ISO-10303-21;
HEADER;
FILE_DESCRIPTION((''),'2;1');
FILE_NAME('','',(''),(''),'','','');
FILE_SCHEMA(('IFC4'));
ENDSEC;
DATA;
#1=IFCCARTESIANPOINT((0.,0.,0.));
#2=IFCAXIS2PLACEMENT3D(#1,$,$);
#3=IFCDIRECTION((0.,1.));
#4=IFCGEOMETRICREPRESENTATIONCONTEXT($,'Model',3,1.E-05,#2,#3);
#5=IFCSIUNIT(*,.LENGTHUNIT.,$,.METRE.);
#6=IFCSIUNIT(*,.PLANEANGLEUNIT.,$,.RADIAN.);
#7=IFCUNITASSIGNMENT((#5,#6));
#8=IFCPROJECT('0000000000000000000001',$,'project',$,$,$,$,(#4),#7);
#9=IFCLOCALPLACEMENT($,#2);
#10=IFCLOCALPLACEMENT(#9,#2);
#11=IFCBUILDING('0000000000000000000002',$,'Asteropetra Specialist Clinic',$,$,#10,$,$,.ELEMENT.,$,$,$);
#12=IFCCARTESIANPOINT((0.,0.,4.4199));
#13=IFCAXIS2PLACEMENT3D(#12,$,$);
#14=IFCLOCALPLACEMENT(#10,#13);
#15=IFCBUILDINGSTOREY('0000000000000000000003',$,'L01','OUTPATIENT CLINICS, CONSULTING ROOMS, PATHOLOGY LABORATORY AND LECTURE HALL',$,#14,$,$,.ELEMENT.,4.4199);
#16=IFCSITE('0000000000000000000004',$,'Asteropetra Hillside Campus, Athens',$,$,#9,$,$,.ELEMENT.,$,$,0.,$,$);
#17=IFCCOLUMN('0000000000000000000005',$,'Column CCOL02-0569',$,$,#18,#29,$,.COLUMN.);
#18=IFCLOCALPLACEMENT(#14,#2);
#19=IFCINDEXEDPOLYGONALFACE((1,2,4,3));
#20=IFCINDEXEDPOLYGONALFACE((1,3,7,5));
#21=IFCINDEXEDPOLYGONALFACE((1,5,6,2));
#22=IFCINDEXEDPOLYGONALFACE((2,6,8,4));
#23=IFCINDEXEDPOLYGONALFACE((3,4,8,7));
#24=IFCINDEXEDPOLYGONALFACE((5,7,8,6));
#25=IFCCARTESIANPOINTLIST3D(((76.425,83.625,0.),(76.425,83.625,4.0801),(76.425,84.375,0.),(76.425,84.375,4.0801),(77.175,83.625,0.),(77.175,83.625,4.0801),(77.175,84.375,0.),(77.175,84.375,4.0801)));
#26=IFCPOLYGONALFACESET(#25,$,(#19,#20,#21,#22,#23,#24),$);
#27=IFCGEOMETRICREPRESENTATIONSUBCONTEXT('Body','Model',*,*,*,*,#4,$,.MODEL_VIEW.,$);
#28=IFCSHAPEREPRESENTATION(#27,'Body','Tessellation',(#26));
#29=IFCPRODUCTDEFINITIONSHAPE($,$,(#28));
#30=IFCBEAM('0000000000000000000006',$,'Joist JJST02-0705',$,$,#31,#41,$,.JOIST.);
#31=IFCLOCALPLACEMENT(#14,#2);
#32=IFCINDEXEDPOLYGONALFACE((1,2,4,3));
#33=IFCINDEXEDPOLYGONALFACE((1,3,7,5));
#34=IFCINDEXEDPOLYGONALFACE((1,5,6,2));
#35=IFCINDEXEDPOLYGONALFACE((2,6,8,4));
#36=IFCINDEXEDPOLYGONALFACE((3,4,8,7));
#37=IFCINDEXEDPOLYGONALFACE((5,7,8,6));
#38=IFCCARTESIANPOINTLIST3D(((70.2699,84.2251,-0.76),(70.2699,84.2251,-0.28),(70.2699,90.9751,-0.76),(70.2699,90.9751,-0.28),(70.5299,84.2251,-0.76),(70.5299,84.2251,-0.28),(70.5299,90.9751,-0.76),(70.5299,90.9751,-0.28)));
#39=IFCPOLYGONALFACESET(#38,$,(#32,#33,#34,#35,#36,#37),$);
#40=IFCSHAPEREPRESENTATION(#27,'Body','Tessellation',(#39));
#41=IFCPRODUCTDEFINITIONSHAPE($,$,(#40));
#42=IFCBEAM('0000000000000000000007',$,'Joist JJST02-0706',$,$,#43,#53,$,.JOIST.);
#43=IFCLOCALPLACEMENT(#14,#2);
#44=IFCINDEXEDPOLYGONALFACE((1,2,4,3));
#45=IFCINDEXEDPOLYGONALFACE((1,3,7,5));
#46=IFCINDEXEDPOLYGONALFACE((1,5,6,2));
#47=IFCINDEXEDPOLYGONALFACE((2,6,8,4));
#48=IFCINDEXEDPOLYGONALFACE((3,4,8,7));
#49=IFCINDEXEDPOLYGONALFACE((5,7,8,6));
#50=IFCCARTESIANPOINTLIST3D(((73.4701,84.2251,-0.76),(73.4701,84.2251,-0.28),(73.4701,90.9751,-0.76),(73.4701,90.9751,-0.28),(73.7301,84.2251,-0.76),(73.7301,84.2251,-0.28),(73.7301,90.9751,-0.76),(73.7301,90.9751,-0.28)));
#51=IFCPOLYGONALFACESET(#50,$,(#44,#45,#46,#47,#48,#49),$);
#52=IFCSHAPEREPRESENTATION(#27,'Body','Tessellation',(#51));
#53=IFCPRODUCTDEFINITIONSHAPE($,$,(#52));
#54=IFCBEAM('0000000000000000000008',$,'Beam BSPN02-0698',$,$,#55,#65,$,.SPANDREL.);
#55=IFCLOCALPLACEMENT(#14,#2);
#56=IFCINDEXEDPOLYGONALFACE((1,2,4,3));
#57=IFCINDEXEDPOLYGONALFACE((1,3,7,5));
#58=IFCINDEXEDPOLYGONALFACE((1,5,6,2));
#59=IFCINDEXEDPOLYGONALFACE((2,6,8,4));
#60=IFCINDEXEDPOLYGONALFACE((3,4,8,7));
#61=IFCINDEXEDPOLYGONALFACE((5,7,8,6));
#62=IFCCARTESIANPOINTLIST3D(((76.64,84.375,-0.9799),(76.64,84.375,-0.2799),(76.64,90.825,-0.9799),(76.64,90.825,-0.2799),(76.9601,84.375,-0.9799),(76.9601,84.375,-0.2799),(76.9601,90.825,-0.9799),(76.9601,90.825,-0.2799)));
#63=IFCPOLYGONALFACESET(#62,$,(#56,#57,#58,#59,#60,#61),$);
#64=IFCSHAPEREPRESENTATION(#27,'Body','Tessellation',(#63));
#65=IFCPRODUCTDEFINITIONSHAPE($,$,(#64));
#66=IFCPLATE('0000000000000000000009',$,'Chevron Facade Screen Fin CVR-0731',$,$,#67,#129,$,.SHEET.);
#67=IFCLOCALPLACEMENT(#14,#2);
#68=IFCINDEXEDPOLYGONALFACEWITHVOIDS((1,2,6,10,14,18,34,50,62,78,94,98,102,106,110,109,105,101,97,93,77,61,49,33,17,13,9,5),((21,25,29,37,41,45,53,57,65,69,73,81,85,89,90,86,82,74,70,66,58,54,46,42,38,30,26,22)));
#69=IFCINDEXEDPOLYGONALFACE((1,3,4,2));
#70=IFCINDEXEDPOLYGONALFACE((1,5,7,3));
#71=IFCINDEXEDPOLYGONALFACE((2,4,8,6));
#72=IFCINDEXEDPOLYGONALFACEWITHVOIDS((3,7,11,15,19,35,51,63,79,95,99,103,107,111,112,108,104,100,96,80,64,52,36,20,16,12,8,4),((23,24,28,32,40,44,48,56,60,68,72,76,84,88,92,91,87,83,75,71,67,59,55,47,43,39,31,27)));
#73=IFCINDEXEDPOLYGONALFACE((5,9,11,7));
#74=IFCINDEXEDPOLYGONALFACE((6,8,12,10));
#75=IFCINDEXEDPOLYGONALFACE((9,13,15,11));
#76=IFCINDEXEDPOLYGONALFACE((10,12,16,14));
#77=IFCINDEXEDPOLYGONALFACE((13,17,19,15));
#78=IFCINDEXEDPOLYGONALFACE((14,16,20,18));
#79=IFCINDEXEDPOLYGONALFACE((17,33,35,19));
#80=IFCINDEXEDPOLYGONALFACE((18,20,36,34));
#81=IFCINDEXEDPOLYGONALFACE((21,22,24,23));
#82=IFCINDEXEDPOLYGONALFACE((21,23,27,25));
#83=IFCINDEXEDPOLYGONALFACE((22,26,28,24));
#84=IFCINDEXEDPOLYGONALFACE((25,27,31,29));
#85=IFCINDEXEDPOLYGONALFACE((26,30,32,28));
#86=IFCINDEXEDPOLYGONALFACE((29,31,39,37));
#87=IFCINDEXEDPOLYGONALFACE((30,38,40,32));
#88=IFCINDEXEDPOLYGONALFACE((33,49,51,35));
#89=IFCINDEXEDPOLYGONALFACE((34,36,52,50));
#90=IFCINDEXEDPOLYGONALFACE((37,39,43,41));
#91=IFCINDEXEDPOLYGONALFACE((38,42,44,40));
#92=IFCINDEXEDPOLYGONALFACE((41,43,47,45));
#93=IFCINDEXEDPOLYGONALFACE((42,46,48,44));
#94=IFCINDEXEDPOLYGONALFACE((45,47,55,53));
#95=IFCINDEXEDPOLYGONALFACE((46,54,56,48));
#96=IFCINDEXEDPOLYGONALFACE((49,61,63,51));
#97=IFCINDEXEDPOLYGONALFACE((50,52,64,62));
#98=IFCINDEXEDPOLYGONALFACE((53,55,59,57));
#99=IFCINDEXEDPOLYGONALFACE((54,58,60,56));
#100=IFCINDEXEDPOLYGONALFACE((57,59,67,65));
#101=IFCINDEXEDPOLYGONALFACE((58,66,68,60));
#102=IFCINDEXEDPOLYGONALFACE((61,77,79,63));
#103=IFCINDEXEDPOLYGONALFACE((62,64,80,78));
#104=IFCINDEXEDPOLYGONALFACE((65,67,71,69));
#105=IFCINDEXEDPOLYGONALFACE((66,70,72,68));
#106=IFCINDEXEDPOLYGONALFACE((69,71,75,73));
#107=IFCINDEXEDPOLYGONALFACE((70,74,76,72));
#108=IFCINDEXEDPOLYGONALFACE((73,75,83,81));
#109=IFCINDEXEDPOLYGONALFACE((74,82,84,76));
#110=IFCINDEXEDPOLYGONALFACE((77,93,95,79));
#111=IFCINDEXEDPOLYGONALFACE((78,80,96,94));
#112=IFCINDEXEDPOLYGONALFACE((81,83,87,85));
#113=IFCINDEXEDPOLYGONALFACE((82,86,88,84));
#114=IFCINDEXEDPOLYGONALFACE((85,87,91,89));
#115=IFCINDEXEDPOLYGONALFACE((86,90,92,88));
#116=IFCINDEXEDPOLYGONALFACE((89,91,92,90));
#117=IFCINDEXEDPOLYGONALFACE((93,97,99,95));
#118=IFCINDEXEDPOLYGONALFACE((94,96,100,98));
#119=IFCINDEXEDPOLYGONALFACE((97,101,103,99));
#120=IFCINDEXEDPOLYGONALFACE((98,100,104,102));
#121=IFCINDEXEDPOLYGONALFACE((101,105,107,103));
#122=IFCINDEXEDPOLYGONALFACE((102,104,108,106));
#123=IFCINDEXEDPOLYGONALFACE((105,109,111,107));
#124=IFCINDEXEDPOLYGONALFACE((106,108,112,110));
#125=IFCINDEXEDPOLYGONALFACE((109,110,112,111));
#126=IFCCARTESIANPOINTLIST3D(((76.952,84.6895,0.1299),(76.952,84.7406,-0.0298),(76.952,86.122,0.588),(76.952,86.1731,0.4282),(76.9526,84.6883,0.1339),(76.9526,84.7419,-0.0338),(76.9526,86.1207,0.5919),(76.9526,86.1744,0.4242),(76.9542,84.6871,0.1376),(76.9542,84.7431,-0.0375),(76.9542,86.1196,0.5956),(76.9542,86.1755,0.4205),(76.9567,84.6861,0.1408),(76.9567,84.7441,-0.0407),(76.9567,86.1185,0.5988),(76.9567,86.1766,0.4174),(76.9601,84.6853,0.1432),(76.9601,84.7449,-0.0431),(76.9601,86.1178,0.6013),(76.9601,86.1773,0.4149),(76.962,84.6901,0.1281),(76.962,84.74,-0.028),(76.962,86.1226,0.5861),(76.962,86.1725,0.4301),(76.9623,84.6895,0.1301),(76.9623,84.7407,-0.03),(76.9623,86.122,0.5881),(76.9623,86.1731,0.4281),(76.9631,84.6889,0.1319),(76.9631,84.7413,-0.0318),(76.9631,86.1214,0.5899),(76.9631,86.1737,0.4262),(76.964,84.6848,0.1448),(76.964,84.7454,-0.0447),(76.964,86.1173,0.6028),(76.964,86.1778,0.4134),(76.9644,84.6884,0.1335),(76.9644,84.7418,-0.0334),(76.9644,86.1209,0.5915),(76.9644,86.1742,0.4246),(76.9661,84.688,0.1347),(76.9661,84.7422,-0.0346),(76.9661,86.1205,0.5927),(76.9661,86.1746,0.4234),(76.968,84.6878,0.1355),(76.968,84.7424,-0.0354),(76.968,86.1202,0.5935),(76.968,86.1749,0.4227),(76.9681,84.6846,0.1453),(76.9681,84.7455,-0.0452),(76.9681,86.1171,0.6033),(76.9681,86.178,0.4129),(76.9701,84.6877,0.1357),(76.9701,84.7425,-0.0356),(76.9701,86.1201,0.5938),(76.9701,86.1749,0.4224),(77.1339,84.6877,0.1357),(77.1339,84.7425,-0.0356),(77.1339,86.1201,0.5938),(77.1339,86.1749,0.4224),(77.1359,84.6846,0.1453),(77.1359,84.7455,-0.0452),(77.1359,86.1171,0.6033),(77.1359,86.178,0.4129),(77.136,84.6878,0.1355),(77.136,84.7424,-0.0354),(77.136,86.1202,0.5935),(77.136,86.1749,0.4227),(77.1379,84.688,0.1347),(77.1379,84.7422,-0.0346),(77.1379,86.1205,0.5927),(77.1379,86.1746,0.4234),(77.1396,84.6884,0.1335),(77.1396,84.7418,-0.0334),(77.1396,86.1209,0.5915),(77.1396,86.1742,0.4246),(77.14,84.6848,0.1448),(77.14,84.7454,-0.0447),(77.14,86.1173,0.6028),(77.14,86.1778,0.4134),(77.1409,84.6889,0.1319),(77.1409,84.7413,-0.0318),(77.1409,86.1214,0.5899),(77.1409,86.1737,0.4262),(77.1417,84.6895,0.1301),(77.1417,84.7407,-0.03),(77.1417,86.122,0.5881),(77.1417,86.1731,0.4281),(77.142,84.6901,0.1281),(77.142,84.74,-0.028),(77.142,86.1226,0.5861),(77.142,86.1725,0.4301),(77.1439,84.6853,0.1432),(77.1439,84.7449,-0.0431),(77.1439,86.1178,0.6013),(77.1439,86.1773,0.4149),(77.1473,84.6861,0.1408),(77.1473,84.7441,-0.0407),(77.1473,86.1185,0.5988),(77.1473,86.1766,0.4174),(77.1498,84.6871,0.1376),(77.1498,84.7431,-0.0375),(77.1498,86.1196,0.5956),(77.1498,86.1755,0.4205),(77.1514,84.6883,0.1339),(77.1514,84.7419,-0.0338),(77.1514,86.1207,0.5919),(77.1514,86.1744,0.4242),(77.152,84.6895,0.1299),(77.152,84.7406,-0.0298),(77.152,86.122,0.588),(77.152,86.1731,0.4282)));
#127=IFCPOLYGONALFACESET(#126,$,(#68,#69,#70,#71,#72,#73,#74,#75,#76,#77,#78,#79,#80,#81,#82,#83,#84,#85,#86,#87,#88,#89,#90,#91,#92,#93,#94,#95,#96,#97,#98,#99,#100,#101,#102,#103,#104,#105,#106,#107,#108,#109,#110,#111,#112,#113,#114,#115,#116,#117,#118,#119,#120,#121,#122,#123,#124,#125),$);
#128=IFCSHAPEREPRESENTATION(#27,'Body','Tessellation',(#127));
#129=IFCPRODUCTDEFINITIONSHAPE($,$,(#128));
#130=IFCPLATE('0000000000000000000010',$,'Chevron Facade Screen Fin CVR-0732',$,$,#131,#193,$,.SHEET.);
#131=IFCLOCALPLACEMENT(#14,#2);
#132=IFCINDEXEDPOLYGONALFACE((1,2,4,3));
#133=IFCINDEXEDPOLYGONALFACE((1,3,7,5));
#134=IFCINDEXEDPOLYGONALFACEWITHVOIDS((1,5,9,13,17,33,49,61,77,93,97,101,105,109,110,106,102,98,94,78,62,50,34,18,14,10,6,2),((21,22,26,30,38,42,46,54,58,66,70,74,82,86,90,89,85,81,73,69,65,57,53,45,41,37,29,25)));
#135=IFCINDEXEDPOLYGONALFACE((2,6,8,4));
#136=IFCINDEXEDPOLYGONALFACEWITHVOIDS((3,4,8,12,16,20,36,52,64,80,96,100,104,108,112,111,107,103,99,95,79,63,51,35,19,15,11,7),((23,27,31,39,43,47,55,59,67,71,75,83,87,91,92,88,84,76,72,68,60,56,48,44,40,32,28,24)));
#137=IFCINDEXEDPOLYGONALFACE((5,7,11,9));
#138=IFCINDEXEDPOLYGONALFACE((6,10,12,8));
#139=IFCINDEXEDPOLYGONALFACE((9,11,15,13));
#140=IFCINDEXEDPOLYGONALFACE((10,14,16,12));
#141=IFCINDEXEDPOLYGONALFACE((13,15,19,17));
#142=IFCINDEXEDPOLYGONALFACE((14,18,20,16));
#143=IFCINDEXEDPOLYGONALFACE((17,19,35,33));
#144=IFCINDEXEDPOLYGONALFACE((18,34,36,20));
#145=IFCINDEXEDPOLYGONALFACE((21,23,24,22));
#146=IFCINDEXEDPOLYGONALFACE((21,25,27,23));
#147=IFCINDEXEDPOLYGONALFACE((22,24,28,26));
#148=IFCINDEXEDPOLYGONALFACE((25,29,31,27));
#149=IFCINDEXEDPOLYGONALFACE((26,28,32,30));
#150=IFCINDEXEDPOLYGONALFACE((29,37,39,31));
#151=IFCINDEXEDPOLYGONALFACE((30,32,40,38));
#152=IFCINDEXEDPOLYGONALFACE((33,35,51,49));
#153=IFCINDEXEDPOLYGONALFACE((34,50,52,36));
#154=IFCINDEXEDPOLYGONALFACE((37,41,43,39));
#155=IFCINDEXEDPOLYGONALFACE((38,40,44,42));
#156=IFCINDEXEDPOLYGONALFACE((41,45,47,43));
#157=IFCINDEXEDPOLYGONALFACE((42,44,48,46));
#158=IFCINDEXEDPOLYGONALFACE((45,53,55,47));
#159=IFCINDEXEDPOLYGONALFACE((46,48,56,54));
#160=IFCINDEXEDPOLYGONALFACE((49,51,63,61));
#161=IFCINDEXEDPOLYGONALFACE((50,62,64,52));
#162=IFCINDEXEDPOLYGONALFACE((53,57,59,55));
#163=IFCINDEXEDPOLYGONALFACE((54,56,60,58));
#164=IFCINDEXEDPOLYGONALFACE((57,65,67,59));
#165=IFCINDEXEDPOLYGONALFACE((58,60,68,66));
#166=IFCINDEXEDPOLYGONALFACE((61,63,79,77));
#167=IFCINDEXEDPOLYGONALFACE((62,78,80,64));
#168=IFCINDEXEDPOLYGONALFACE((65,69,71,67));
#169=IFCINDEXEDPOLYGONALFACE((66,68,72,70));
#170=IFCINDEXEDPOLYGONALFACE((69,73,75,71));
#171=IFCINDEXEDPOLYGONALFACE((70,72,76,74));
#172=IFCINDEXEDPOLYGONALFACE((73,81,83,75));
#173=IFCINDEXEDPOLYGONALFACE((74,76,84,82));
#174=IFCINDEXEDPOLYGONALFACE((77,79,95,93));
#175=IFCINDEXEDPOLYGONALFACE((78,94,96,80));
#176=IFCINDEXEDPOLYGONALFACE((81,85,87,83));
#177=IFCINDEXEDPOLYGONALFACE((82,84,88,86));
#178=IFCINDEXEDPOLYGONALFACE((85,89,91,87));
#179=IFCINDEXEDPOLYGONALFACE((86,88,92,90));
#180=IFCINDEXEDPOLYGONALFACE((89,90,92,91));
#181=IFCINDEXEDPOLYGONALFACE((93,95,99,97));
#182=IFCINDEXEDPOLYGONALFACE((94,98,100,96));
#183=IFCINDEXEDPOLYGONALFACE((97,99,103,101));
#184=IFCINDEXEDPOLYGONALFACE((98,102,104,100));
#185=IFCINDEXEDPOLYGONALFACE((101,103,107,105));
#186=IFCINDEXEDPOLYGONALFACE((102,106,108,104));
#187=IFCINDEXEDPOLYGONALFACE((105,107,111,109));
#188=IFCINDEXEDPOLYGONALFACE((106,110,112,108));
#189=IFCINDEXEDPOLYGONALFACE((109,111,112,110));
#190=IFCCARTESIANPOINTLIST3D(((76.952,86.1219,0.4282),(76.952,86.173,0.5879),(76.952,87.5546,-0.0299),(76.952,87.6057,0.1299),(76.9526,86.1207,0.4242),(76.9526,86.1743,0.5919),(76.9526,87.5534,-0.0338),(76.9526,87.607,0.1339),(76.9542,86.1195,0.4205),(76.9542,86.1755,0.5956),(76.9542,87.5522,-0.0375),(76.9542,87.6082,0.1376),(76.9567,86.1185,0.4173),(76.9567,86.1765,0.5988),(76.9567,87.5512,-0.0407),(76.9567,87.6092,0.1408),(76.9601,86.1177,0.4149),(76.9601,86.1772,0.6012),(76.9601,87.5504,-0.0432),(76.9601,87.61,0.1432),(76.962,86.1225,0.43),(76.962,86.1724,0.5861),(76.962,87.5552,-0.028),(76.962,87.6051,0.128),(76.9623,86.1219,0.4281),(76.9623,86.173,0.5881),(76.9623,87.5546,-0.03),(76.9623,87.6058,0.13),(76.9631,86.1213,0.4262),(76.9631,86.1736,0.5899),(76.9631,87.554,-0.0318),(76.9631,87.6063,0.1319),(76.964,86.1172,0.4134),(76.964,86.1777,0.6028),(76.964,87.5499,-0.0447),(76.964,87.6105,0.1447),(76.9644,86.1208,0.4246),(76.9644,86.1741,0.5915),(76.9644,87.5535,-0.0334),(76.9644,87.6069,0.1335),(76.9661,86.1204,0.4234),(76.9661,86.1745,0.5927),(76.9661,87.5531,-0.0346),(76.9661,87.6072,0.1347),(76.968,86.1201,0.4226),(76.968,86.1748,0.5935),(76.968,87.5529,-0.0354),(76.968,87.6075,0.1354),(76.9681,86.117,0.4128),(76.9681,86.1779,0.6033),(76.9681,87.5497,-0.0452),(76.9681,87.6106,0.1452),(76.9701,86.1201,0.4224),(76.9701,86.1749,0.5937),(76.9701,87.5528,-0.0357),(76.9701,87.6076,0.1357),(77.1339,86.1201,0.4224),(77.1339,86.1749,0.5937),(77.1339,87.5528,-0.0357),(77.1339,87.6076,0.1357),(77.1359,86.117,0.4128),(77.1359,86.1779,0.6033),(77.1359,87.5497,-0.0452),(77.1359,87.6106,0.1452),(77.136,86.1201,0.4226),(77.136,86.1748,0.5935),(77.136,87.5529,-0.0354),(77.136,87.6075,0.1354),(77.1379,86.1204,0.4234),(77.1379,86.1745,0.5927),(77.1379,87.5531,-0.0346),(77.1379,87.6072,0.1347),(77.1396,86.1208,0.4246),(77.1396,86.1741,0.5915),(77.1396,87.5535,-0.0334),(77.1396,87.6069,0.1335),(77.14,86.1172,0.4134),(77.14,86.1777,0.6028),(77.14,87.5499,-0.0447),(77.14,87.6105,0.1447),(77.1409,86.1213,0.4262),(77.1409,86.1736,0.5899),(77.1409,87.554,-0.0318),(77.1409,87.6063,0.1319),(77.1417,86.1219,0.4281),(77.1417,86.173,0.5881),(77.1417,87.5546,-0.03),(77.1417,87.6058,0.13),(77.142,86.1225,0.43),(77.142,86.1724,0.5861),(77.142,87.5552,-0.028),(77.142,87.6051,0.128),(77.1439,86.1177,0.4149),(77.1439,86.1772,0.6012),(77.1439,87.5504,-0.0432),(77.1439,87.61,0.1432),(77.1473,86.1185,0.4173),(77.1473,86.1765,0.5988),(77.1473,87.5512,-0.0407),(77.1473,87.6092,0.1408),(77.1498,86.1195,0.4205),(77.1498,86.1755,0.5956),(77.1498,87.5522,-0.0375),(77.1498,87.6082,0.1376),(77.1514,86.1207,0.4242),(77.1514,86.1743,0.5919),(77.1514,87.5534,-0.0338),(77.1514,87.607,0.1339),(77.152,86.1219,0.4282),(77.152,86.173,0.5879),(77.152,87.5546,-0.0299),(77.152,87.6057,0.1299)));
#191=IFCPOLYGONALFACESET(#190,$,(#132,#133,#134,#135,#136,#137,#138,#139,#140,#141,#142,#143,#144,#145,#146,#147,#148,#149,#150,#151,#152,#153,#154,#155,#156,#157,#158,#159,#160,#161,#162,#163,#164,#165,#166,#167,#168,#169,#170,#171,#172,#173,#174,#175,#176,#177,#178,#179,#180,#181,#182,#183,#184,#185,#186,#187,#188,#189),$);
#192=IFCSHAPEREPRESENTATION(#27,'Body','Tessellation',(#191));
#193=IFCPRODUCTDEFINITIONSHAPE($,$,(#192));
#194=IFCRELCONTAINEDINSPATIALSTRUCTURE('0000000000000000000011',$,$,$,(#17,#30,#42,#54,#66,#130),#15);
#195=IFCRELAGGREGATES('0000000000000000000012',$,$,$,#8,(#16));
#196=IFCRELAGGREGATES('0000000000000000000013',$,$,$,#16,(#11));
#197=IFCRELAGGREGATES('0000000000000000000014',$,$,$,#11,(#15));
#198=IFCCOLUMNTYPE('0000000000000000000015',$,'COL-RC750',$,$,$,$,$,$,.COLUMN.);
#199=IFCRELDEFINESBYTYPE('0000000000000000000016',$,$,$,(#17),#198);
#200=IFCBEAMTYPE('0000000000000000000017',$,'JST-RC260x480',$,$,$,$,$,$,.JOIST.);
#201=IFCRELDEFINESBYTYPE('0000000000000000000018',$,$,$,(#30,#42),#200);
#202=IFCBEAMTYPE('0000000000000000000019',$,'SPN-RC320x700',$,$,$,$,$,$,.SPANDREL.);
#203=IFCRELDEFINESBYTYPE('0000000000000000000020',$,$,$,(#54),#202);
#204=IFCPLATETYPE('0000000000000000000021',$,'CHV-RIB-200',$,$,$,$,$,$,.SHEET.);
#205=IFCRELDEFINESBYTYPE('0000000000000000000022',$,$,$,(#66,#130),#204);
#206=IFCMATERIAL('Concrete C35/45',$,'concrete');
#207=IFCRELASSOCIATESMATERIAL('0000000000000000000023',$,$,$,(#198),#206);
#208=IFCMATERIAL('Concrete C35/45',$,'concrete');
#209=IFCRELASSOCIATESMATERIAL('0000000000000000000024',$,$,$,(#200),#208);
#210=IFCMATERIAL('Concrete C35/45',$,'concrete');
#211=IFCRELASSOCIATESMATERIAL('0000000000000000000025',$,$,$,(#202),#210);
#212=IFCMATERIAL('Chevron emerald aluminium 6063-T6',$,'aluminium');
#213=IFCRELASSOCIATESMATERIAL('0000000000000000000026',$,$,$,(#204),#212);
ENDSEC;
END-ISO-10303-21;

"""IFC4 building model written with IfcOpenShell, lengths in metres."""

from ifc_helpers import new_model, si_unit, direction, frame, origin, origin_2d, place, context, subcontext, project, spatial, rectangle, hollow_rectangle, extrude, material, material_profile, profile_set, type_object, element, save


model = new_model("IFC4")

# Units and contexts
model_context = context("Model", 3, precision=1e-05, world=origin(), true_north=direction((0.0, 1.0)))
body_context = subcontext(model_context, "Body", "Model", "MODEL_VIEW")
ifc_project = project(units=[si_unit("LENGTHUNIT", "METRE"), si_unit("PLANEANGLEUNIT", "RADIAN")], contexts=[model_context])

# Site, building, storey
site_placement = place(None, origin())
site = spatial("IfcSite", under=ifc_project, at=site_placement, Name="Asteropetra Hillside Campus, Athens", CompositionType="ELEMENT", RefElevation=0.0)
building_placement = place(site_placement, origin())
building = spatial("IfcBuilding", under=site, at=building_placement, Name="Asteropetra Specialist Clinic", CompositionType="ELEMENT")
storey_placement = place(building_placement, frame((0.0, 0.0, 4.4199)))
storey = spatial("IfcBuildingStorey", under=building, at=storey_placement, Name="L01", Description="OUTPATIENT CLINICS, CONSULTING ROOMS, PATHOLOGY LABORATORY AND LECTURE HALL", CompositionType="ELEMENT", Elevation=4.4199)

# Column
ifc_material_1 = material(Name="Concrete C35/45", Category="concrete")
ifc_material_profile_1 = material_profile(ifc_material_1, rectangle(XDim=0.75, YDim=0.75, at=origin_2d()), Name="RC 750x750")
ifc_profile_set_1 = profile_set([ifc_material_profile_1], Name="Concrete C35/45")
column_type = type_object("IfcColumnType", Name="COL-RC750", PredefinedType="COLUMN", material=ifc_profile_set_1)
column_placement = place(storey_placement, frame((76.8, 84.0, 0.0), z_axis=(0.0, 0.0, 1.0), x_axis=(1.0, 0.0, 0.0)))
element("IfcColumn", 1, at=column_placement, inside=storey, type_object=column_type, Name="Column CCOL02-0569", PredefinedType="COLUMN", context=body_context, shape_type="SweptSolid", body=[
    extrude(rectangle(XDim=0.75, YDim=0.75, at=origin_2d()), origin(), (0.0, 0.0, 1.0), 4.0801),
])

# Beams
ifc_material_2 = material(Name="Concrete C35/45", Category="concrete")
ifc_material_profile_2 = material_profile(ifc_material_2, rectangle(XDim=0.26, YDim=0.48, at=origin_2d()), Name="RCJ 260x480")
ifc_profile_set_2 = profile_set([ifc_material_profile_2], Name="Concrete C35/45")
beam_type_1 = type_object("IfcBeamType", Name="JST-RC260x480", PredefinedType="JOIST", material=ifc_profile_set_2)
for number, where, z_axis, x_axis, name in (
    (2, (70.3999, 84.2251, -0.52), (0.0, 1.0, 0.0), (-1.0, 0.0, 0.0), "Joist JJST02-0705"),
    (3, (73.6001, 84.2251, -0.52), (0.0, 1.0, 0.0), (-1.0, 0.0, 0.0), "Joist JJST02-0706"),
):
    element("IfcBeam", number, at=place(storey_placement, frame(where, z_axis=z_axis, x_axis=x_axis)), inside=storey, type_object=beam_type_1, Name=name, PredefinedType="JOIST", context=body_context, shape_type="SweptSolid", body=[
        extrude(rectangle(XDim=0.26, YDim=0.48, at=origin_2d()), origin(), (0.0, 0.0, 1.0), 6.75),
    ])
ifc_material_3 = material(Name="Concrete C35/45", Category="concrete")
ifc_material_profile_3 = material_profile(ifc_material_3, rectangle(XDim=0.3201, YDim=0.7, at=origin_2d()), Name="RCS 320x700")
ifc_profile_set_3 = profile_set([ifc_material_profile_3], Name="Concrete C35/45")
beam_type_2 = type_object("IfcBeamType", Name="SPN-RC320x700", PredefinedType="SPANDREL", material=ifc_profile_set_3)
beam_placement = place(storey_placement, frame((76.8, 84.375, -0.6299), z_axis=(0.0, 1.0, 0.0), x_axis=(-1.0, 0.0, 0.0)))
element("IfcBeam", 4, at=beam_placement, inside=storey, type_object=beam_type_2, Name="Beam BSPN02-0698", PredefinedType="SPANDREL", context=body_context, shape_type="SweptSolid", body=[
    extrude(rectangle(XDim=0.3201, YDim=0.7, at=origin_2d()), origin(), (0.0, 0.0, 1.0), 6.45),
])

# Plates
ifc_material_4 = material(Name="Chevron emerald aluminium 6063-T6", Category="aluminium")
ifc_material_profile_4 = material_profile(ifc_material_4, hollow_rectangle(XDim=0.2, YDim=0.2, WallThickness=0.01, InnerFilletRadius=0.0081, OuterFilletRadius=0.0161, at=origin_2d()), Name="SHS 200x200x10.0")
ifc_profile_set_4 = profile_set([ifc_material_profile_4], Name="Chevron emerald aluminium 6063-T6")
plate_type_1 = type_object("IfcPlateType", Name="CHV-RIB-200", PredefinedType="SHEET", material=ifc_profile_set_4)
plate_1_placement = place(storey_placement, frame((77.052, 84.7151, 0.05), z_axis=(0.0, 0.952492, 0.304564), x_axis=(-1.0, 0.0, 0.0)))
element("IfcPlate", 5, at=plate_1_placement, inside=storey, type_object=plate_type_1, Name="Chevron Facade Screen Fin CVR-0731", PredefinedType="SHEET", context=body_context, shape_type="SweptSolid", body=[
    extrude(hollow_rectangle(XDim=0.2, YDim=0.2, WallThickness=0.01, InnerFilletRadius=0.0081, OuterFilletRadius=0.0161, at=origin_2d()), origin(), (0.0, 0.0, 1.0), 1.5039),
])
plate_2_placement = place(storey_placement, frame((77.052, 86.1475, 0.5081), z_axis=(0.0, 0.952507, -0.304517), x_axis=(-1.0, 0.0, 0.0)))
element("IfcPlate", 6, at=plate_2_placement, inside=storey, type_object=plate_type_1, Name="Chevron Facade Screen Fin CVR-0732", PredefinedType="SHEET", context=body_context, shape_type="SweptSolid", body=[
    extrude(hollow_rectangle(XDim=0.2, YDim=0.2, WallThickness=0.01, InnerFilletRadius=0.0081, OuterFilletRadius=0.0161, at=origin_2d()), origin(), (0.0, 0.0, 1.0), 1.5042),
])

save(model, "model.ifc")
